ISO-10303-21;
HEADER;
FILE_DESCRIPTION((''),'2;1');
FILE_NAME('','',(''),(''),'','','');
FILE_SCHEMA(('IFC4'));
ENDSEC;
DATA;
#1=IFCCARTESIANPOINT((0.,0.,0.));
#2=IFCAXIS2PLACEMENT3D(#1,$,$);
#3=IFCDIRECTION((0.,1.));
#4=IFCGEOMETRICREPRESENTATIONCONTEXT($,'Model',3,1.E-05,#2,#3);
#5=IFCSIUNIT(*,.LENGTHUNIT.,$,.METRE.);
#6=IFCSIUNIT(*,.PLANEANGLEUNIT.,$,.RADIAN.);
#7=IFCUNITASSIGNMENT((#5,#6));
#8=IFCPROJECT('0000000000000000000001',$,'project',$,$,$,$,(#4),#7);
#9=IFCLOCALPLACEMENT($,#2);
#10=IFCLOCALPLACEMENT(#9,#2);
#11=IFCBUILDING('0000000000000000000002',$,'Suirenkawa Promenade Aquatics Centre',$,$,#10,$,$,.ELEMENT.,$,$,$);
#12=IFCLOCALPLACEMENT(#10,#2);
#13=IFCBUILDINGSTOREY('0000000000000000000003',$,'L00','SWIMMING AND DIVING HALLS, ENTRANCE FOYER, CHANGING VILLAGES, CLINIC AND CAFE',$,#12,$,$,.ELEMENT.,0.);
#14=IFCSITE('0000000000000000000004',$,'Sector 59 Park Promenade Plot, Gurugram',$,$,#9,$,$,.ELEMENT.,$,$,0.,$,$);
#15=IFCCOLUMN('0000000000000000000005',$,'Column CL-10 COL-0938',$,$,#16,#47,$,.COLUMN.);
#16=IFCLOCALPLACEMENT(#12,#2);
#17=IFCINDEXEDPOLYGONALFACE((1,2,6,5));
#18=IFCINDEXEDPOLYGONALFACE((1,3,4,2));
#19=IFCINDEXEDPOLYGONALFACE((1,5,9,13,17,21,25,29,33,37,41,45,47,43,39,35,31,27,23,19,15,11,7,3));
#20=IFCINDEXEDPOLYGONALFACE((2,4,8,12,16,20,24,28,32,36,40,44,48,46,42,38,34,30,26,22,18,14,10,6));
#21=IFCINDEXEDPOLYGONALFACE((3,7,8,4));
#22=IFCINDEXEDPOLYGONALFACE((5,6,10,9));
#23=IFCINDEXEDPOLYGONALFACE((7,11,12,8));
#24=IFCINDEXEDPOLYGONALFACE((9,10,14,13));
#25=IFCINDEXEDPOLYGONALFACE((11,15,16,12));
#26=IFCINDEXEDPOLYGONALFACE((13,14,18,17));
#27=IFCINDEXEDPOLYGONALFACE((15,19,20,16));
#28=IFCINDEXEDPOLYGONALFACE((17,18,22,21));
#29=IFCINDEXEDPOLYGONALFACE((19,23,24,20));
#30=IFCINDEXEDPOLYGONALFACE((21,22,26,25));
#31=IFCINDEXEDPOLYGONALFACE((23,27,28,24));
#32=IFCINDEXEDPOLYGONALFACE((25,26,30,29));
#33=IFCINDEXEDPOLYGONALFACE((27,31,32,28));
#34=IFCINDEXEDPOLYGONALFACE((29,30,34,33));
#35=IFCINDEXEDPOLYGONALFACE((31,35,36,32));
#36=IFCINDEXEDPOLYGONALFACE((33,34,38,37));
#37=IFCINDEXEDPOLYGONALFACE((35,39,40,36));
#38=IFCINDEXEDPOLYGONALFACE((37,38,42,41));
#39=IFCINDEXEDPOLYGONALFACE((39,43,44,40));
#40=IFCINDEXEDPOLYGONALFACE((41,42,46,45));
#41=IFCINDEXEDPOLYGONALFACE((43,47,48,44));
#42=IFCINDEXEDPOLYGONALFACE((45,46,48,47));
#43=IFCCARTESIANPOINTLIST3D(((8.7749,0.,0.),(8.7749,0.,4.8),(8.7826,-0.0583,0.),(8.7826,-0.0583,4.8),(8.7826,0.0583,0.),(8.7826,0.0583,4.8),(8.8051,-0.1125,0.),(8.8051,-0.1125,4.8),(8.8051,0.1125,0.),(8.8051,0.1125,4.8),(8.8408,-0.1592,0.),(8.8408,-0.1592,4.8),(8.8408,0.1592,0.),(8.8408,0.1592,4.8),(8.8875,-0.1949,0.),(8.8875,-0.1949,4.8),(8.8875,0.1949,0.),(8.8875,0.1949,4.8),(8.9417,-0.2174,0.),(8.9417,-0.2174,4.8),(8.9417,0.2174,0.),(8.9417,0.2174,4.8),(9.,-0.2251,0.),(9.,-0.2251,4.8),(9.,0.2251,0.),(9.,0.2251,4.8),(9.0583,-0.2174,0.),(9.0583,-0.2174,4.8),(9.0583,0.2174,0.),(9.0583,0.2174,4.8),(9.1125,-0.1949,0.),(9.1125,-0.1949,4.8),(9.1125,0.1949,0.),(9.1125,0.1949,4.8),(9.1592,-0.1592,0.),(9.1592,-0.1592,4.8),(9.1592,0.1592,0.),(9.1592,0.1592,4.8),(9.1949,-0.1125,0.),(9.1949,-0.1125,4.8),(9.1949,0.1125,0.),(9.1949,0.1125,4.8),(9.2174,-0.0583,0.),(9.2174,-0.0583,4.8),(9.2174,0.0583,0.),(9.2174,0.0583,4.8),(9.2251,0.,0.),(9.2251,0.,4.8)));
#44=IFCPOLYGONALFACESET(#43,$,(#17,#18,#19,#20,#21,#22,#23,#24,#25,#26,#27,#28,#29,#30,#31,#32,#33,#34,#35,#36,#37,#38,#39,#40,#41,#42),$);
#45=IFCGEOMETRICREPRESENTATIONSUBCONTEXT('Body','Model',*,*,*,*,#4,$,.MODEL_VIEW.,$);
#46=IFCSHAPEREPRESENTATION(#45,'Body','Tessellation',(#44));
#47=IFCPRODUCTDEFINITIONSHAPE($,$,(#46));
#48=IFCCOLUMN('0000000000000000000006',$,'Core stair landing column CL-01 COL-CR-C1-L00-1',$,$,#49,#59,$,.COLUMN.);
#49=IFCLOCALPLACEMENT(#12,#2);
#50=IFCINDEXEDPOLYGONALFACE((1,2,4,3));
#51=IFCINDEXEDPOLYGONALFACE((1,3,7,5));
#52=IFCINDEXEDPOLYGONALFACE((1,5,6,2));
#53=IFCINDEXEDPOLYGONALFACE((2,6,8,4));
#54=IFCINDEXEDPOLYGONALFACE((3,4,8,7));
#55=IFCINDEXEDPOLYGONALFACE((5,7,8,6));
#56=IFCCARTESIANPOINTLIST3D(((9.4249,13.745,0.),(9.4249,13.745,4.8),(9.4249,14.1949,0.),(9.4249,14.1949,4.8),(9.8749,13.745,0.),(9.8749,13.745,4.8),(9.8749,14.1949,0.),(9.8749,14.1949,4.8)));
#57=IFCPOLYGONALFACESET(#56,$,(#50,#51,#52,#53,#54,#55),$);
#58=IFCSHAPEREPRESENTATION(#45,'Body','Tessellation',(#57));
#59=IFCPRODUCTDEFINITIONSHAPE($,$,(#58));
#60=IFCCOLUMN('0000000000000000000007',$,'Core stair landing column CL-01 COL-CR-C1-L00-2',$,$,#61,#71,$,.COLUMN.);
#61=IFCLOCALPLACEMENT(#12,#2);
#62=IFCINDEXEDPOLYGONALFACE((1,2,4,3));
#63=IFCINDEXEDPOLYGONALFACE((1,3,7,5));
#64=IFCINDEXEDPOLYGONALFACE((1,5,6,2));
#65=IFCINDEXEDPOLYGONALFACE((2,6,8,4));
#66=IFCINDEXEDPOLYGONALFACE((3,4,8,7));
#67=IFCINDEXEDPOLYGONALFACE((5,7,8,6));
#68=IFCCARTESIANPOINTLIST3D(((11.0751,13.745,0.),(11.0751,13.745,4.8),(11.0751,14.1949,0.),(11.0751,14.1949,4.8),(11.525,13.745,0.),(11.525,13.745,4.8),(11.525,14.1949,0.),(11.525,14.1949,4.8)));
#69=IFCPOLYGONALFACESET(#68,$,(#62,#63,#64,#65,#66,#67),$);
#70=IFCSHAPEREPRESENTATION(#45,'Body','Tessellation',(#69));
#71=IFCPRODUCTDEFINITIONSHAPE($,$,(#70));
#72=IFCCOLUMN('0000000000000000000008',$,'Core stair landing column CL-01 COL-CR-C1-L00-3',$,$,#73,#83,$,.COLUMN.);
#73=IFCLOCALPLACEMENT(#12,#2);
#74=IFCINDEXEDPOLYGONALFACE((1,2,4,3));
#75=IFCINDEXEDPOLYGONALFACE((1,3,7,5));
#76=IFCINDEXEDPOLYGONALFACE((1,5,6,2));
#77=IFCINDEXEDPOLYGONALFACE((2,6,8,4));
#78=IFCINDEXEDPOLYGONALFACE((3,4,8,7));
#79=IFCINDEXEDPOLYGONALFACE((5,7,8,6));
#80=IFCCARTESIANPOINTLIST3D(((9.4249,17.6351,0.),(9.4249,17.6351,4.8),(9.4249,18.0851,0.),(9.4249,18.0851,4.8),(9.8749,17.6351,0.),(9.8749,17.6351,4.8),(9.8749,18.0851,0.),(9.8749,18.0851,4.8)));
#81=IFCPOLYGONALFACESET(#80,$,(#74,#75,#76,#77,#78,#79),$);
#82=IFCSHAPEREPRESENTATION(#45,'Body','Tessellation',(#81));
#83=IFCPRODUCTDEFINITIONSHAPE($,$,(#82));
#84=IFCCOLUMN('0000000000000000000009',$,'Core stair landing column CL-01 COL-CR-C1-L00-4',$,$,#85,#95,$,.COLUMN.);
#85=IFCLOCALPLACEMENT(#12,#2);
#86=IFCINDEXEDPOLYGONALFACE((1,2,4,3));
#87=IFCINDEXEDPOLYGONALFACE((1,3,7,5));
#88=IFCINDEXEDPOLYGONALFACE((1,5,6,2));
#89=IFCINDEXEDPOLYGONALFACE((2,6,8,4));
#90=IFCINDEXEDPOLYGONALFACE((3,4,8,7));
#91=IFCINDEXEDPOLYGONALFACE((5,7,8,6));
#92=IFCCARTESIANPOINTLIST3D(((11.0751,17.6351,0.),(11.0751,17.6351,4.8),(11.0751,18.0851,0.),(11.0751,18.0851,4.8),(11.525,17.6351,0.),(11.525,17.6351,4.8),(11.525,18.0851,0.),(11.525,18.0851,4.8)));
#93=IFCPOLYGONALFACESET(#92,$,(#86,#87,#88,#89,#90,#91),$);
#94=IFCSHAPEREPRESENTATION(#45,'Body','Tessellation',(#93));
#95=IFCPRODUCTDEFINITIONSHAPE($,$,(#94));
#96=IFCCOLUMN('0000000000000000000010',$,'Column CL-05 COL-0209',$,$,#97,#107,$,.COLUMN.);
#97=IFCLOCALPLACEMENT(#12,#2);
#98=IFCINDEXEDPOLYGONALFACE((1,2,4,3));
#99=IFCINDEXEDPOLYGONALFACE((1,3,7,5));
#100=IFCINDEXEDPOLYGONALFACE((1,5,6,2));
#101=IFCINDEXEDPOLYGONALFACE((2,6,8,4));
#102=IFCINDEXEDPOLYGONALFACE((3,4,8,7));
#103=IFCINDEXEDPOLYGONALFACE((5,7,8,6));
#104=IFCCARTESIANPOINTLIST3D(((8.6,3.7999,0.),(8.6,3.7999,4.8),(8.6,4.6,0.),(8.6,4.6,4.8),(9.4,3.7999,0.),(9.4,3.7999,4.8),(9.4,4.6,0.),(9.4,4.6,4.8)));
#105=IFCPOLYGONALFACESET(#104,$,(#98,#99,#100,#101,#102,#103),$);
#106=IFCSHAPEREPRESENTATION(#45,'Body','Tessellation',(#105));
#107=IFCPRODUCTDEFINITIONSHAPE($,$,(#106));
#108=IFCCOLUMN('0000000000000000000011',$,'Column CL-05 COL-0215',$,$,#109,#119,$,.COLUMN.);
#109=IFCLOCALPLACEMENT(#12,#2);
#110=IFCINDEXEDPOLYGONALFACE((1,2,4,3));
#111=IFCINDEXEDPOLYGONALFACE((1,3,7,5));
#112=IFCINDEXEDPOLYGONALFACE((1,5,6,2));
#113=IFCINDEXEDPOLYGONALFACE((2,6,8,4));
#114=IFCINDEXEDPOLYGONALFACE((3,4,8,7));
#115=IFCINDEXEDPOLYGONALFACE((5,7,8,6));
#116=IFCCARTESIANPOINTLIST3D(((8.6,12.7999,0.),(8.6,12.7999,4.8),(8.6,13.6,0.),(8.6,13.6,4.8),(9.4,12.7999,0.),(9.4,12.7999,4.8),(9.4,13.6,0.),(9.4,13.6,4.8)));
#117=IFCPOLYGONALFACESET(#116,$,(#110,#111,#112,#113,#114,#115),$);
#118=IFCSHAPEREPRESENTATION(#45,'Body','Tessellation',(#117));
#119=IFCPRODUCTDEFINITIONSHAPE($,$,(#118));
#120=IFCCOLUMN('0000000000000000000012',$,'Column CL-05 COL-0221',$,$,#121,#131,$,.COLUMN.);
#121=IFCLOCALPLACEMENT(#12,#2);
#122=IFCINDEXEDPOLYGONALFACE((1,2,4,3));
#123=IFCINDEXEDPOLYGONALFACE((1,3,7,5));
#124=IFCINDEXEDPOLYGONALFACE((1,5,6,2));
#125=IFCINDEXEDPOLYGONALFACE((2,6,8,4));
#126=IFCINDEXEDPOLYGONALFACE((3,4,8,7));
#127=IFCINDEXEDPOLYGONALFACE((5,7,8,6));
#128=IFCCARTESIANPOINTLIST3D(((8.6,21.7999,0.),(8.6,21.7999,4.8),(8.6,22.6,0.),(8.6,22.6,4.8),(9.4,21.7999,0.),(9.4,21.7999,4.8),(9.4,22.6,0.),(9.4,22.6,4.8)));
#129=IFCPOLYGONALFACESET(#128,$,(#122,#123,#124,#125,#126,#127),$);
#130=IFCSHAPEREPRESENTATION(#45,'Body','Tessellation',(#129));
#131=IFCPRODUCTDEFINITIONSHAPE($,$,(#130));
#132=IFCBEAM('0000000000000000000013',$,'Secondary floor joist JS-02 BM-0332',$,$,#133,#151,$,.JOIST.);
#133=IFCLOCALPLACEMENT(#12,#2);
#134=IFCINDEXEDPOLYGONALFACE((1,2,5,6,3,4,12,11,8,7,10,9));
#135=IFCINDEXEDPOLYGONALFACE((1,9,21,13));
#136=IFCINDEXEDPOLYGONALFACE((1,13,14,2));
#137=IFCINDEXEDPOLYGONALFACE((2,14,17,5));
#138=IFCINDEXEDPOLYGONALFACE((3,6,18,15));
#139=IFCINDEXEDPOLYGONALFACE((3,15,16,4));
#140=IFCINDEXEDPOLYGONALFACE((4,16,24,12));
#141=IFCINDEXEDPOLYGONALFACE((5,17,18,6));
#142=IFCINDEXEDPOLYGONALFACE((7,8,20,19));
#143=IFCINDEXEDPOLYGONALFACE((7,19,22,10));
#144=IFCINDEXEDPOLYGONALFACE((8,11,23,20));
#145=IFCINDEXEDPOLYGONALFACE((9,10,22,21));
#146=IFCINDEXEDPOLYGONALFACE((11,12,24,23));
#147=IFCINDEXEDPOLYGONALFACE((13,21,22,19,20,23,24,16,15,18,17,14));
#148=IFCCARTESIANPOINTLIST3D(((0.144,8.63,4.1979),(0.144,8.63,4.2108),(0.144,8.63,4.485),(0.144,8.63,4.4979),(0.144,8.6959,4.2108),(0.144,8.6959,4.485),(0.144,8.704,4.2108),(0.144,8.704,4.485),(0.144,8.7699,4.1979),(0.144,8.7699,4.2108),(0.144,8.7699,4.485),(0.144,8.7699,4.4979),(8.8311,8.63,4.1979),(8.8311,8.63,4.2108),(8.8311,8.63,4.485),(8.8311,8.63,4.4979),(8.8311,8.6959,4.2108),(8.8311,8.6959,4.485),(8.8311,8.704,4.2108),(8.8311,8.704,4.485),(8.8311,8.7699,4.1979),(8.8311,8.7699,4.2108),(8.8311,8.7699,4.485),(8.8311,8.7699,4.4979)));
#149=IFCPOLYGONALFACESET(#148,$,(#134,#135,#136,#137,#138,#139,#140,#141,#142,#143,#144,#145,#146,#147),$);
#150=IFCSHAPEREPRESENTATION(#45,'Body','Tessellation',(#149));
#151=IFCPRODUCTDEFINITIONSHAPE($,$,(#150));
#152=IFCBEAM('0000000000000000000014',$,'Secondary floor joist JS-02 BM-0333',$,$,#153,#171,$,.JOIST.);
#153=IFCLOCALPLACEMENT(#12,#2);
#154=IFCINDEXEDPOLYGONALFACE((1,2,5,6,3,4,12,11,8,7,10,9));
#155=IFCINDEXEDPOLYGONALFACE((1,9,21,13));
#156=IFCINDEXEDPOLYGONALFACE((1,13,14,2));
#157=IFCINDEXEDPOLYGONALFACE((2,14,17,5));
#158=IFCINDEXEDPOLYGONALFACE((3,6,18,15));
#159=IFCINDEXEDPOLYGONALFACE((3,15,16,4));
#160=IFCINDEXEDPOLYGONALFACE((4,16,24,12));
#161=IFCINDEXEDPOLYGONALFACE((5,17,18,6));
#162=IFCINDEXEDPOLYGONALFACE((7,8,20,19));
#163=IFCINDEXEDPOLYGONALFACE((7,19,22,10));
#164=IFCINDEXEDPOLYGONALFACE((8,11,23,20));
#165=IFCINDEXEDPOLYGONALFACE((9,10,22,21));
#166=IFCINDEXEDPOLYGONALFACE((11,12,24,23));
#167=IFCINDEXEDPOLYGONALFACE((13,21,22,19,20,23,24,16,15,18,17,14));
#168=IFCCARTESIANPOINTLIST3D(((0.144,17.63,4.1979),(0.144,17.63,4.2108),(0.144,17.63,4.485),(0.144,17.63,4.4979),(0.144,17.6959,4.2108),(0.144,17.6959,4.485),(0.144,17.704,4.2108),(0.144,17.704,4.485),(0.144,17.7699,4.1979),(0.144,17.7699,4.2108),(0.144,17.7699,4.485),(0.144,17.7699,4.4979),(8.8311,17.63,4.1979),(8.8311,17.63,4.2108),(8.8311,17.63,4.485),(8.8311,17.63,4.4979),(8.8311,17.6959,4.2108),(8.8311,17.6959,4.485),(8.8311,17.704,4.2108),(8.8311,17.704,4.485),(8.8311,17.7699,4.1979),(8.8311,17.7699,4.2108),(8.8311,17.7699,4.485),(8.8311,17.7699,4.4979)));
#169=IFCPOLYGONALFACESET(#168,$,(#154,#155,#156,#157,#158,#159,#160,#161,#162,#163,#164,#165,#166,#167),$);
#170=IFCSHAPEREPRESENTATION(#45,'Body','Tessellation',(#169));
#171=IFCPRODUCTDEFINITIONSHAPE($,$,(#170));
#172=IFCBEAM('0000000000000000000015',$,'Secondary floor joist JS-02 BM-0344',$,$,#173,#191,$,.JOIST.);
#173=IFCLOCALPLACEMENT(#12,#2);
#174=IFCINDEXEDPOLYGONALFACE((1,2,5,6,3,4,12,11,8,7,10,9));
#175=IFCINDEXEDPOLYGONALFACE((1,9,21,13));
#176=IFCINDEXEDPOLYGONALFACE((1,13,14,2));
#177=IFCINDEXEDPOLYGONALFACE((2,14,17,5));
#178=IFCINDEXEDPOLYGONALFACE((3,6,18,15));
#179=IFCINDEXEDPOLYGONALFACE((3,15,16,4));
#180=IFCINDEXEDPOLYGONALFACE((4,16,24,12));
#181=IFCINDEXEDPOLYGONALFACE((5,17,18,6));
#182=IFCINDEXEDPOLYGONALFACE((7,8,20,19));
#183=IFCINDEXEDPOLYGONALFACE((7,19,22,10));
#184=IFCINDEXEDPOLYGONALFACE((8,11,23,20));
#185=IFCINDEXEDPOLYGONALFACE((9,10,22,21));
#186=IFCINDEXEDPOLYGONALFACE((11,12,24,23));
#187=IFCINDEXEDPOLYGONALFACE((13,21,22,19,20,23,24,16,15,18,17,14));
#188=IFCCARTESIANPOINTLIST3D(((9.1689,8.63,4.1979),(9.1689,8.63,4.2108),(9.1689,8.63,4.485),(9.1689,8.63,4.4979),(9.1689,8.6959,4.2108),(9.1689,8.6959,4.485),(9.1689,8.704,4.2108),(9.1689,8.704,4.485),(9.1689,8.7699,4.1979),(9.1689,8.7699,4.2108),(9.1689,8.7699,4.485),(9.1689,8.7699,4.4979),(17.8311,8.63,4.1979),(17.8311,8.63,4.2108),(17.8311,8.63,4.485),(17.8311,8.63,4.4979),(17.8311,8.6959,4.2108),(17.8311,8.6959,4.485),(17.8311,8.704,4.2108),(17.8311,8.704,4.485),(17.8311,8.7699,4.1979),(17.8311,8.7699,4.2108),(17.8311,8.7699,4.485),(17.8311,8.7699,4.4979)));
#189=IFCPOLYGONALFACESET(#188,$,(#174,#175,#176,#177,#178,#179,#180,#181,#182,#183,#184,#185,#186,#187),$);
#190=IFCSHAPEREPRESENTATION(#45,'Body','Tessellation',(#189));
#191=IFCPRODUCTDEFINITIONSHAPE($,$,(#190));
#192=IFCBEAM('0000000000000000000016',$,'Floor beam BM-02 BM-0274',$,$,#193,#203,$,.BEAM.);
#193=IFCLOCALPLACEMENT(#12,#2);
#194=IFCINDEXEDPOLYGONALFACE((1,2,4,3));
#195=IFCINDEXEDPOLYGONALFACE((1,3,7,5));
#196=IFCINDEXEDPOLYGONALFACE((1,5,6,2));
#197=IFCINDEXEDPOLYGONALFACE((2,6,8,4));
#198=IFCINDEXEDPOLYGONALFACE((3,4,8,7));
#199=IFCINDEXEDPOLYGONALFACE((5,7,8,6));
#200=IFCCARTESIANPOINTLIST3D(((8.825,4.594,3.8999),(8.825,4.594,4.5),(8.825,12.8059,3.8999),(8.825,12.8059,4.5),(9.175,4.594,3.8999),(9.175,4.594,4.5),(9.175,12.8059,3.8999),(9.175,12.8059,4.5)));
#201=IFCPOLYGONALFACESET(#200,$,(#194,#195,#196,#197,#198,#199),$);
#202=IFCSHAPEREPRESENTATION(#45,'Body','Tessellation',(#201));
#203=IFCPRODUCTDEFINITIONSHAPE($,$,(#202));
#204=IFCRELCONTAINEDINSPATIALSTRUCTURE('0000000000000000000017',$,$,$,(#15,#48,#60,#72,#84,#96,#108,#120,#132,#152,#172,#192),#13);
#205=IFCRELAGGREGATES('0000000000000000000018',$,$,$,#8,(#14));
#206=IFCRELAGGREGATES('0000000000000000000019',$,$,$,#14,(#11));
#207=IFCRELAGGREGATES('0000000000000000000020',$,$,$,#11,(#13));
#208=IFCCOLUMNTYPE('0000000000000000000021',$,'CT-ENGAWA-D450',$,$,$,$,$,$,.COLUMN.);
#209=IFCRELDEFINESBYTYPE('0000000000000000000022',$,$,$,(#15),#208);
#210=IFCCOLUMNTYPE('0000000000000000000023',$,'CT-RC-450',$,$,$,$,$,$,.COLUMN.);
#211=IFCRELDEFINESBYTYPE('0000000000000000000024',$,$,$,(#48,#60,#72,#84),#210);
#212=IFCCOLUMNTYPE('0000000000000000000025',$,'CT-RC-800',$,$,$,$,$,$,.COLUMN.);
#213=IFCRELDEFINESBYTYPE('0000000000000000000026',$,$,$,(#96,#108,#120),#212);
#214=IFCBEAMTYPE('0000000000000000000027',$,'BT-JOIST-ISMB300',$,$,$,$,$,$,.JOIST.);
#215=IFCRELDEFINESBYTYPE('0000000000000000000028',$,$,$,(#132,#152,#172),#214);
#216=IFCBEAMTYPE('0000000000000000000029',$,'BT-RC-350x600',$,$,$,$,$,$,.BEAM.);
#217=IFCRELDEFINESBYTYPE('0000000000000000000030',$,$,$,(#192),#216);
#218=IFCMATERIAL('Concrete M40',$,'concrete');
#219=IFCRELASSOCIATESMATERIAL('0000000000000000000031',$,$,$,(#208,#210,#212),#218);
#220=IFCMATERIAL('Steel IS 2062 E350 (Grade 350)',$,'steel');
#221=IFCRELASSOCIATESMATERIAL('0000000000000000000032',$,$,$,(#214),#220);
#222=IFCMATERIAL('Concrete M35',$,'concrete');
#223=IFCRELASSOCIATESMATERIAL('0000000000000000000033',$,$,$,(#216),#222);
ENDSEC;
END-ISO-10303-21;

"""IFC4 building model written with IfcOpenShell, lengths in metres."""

from ifc_helpers import new_model, si_unit, direction, frame, origin, origin_2d, place, context, subcontext, project, spatial, rectangle, circle, i_section, extrude, material, material_profile, profile_set, type_object, element, save


model = new_model("IFC4")

# Units and contexts
model_context = context("Model", 3, precision=1e-05, world=origin(), true_north=direction((0.0, 1.0)))
body_context = subcontext(model_context, "Body", "Model", "MODEL_VIEW")
ifc_project = project(units=[si_unit("LENGTHUNIT", "METRE"), si_unit("PLANEANGLEUNIT", "RADIAN")], contexts=[model_context])

# Site, building, storey
site_placement = place(None, origin())
site = spatial("IfcSite", under=ifc_project, at=site_placement, Name="Sector 59 Park Promenade Plot, Gurugram", CompositionType="ELEMENT", RefElevation=0.0)
building_placement = place(site_placement, origin())
building = spatial("IfcBuilding", under=site, at=building_placement, Name="Suirenkawa Promenade Aquatics Centre", CompositionType="ELEMENT")
storey_placement = place(building_placement, origin())
storey = spatial("IfcBuildingStorey", under=building, at=storey_placement, Name="L00", Description="SWIMMING AND DIVING HALLS, ENTRANCE FOYER, CHANGING VILLAGES, CLINIC AND CAFE", CompositionType="ELEMENT", Elevation=0.0)

# Columns
ifc_material_1 = material(Name="Concrete M40", Category="concrete")
ifc_material_profile_1 = material_profile(ifc_material_1, circle(Radius=0.2251, at=origin_2d()), Name="RC ENGAWA D450", Category="concrete")
ifc_profile_set_1 = profile_set([ifc_material_profile_1], Name="Concrete M40")
column_type_1 = type_object("IfcColumnType", Name="CT-ENGAWA-D450", PredefinedType="COLUMN", material=ifc_profile_set_1)
column_placement = place(storey_placement, frame((9.0, 0.0, 0.0), z_axis=(0.0, 0.0, 1.0), x_axis=(1.0, 0.0, 0.0)))
element("IfcColumn", 1, at=column_placement, inside=storey, type_object=column_type_1, Name="Column CL-10 COL-0938", PredefinedType="COLUMN", context=body_context, shape_type="SweptSolid", body=[
    extrude(circle(Radius=0.2251, at=origin_2d()), origin(), (0.0, 0.0, 1.0), 4.8),
])
ifc_material_profile_2 = material_profile(ifc_material_1, rectangle(XDim=0.45, YDim=0.45, at=origin_2d()), Name="RC COL 450x450", Category="concrete")
ifc_profile_set_2 = profile_set([ifc_material_profile_2], Name="Concrete M40")
column_type_2 = type_object("IfcColumnType", Name="CT-RC-450", PredefinedType="COLUMN", material=ifc_profile_set_2)
for number, where, z_axis, x_axis, name in (
    (2, (9.6499, 13.97, 0.0), (0.0, 0.0, 1.0), (1.0, 0.0, 0.0), "Core stair landing column CL-01 COL-CR-C1-L00-1"),
    (3, (11.3, 13.97, 0.0), (0.0, 0.0, 1.0), (1.0, 0.0, 0.0), "Core stair landing column CL-01 COL-CR-C1-L00-2"),
    (4, (9.6499, 17.8601, 0.0), (0.0, 0.0, 1.0), (1.0, 0.0, 0.0), "Core stair landing column CL-01 COL-CR-C1-L00-3"),
    (5, (11.3, 17.8601, 0.0), (0.0, 0.0, 1.0), (1.0, 0.0, 0.0), "Core stair landing column CL-01 COL-CR-C1-L00-4"),
):
    element("IfcColumn", number, at=place(storey_placement, frame(where, z_axis=z_axis, x_axis=x_axis)), inside=storey, type_object=column_type_2, Name=name, PredefinedType="COLUMN", context=body_context, shape_type="SweptSolid", body=[
        extrude(rectangle(XDim=0.45, YDim=0.45, at=origin_2d()), origin(), (0.0, 0.0, 1.0), 4.8),
    ])
ifc_material_profile_3 = material_profile(ifc_material_1, rectangle(XDim=0.8, YDim=0.8, at=origin_2d()), Name="RC COL 800x800", Category="concrete")
ifc_profile_set_3 = profile_set([ifc_material_profile_3], Name="Concrete M40")
column_type_3 = type_object("IfcColumnType", Name="CT-RC-800", PredefinedType="COLUMN", material=ifc_profile_set_3)
for number, where, z_axis, x_axis, name in (
    (6, (9.0, 4.2, 0.0), (0.0, 0.0, 1.0), (1.0, 0.0, 0.0), "Column CL-05 COL-0209"),
    (7, (9.0, 13.2, 0.0), (0.0, 0.0, 1.0), (1.0, 0.0, 0.0), "Column CL-05 COL-0215"),
    (8, (9.0, 22.2, 0.0), (0.0, 0.0, 1.0), (1.0, 0.0, 0.0), "Column CL-05 COL-0221"),
):
    element("IfcColumn", number, at=place(storey_placement, frame(where, z_axis=z_axis, x_axis=x_axis)), inside=storey, type_object=column_type_3, Name=name, PredefinedType="COLUMN", context=body_context, shape_type="SweptSolid", body=[
        extrude(rectangle(XDim=0.8, YDim=0.8, at=origin_2d()), origin(), (0.0, 0.0, 1.0), 4.8),
    ])

# Beams
ifc_material_2 = material(Name="Steel IS 2062 E350 (Grade 350)", Category="steel")
ifc_material_profile_4 = material_profile(ifc_material_2, i_section(OverallWidth=0.1399, OverallDepth=0.3, WebThickness=0.0081, FlangeThickness=0.0129, at=origin_2d()), Name="ISMB 300", Category="steel")
ifc_profile_set_4 = profile_set([ifc_material_profile_4], Name="Steel IS 2062 E350 (Grade 350)")
beam_type_1 = type_object("IfcBeamType", Name="BT-JOIST-ISMB300", PredefinedType="JOIST", material=ifc_profile_set_4)
for number, where, z_axis, x_axis, name in (
    (9, (0.144, 8.7, 4.3479), (1.0, 0.0, 0.0), (0.0, 1.0, 0.0), "Secondary floor joist JS-02 BM-0332"),
    (10, (0.144, 17.7, 4.3479), (1.0, 0.0, 0.0), (0.0, 1.0, 0.0), "Secondary floor joist JS-02 BM-0333"),
):
    element("IfcBeam", number, at=place(storey_placement, frame(where, z_axis=z_axis, x_axis=x_axis)), inside=storey, type_object=beam_type_1, Name=name, PredefinedType="JOIST", context=body_context, shape_type="SweptSolid", body=[
        extrude(i_section(OverallWidth=0.1399, OverallDepth=0.3, WebThickness=0.0081, FlangeThickness=0.0129, at=origin_2d()), origin(), (0.0, 0.0, 1.0), 8.687),
    ])
beam_placement = place(storey_placement, frame((9.1689, 8.7, 4.3479), z_axis=(1.0, 0.0, 0.0), x_axis=(0.0, 1.0, 0.0)))
element("IfcBeam", 11, at=beam_placement, inside=storey, type_object=beam_type_1, Name="Secondary floor joist JS-02 BM-0344", PredefinedType="JOIST", context=body_context, shape_type="SweptSolid", body=[
    extrude(i_section(OverallWidth=0.1399, OverallDepth=0.3, WebThickness=0.0081, FlangeThickness=0.0129, at=origin_2d()), origin(), (0.0, 0.0, 1.0), 8.6621),
])
ifc_material_3 = material(Name="Concrete M35", Category="concrete")
ifc_material_profile_5 = material_profile(ifc_material_3, rectangle(XDim=0.3501, YDim=0.6001, at=origin_2d()), Name="RC BM 350x600", Category="concrete")
ifc_profile_set_5 = profile_set([ifc_material_profile_5], Name="Concrete M35")
beam_type_2 = type_object("IfcBeamType", Name="BT-RC-350x600", PredefinedType="BEAM", material=ifc_profile_set_5)
for number, where, z_axis, x_axis, name in (
    (12, (9.0, 4.594, 4.2), (0.0, 1.0, 0.0), (-1.0, 0.0, 0.0), "Floor beam BM-02 BM-0274"),
):
    element("IfcBeam", number, at=place(storey_placement, frame(where, z_axis=z_axis, x_axis=x_axis)), inside=storey, type_object=beam_type_2, Name=name, PredefinedType="BEAM", context=body_context, shape_type="SweptSolid", body=[
        extrude(rectangle(XDim=0.3501, YDim=0.6001, at=origin_2d()), origin(), (0.0, 0.0, 1.0), 8.2119),
    ])

save(model, "model.ifc")
